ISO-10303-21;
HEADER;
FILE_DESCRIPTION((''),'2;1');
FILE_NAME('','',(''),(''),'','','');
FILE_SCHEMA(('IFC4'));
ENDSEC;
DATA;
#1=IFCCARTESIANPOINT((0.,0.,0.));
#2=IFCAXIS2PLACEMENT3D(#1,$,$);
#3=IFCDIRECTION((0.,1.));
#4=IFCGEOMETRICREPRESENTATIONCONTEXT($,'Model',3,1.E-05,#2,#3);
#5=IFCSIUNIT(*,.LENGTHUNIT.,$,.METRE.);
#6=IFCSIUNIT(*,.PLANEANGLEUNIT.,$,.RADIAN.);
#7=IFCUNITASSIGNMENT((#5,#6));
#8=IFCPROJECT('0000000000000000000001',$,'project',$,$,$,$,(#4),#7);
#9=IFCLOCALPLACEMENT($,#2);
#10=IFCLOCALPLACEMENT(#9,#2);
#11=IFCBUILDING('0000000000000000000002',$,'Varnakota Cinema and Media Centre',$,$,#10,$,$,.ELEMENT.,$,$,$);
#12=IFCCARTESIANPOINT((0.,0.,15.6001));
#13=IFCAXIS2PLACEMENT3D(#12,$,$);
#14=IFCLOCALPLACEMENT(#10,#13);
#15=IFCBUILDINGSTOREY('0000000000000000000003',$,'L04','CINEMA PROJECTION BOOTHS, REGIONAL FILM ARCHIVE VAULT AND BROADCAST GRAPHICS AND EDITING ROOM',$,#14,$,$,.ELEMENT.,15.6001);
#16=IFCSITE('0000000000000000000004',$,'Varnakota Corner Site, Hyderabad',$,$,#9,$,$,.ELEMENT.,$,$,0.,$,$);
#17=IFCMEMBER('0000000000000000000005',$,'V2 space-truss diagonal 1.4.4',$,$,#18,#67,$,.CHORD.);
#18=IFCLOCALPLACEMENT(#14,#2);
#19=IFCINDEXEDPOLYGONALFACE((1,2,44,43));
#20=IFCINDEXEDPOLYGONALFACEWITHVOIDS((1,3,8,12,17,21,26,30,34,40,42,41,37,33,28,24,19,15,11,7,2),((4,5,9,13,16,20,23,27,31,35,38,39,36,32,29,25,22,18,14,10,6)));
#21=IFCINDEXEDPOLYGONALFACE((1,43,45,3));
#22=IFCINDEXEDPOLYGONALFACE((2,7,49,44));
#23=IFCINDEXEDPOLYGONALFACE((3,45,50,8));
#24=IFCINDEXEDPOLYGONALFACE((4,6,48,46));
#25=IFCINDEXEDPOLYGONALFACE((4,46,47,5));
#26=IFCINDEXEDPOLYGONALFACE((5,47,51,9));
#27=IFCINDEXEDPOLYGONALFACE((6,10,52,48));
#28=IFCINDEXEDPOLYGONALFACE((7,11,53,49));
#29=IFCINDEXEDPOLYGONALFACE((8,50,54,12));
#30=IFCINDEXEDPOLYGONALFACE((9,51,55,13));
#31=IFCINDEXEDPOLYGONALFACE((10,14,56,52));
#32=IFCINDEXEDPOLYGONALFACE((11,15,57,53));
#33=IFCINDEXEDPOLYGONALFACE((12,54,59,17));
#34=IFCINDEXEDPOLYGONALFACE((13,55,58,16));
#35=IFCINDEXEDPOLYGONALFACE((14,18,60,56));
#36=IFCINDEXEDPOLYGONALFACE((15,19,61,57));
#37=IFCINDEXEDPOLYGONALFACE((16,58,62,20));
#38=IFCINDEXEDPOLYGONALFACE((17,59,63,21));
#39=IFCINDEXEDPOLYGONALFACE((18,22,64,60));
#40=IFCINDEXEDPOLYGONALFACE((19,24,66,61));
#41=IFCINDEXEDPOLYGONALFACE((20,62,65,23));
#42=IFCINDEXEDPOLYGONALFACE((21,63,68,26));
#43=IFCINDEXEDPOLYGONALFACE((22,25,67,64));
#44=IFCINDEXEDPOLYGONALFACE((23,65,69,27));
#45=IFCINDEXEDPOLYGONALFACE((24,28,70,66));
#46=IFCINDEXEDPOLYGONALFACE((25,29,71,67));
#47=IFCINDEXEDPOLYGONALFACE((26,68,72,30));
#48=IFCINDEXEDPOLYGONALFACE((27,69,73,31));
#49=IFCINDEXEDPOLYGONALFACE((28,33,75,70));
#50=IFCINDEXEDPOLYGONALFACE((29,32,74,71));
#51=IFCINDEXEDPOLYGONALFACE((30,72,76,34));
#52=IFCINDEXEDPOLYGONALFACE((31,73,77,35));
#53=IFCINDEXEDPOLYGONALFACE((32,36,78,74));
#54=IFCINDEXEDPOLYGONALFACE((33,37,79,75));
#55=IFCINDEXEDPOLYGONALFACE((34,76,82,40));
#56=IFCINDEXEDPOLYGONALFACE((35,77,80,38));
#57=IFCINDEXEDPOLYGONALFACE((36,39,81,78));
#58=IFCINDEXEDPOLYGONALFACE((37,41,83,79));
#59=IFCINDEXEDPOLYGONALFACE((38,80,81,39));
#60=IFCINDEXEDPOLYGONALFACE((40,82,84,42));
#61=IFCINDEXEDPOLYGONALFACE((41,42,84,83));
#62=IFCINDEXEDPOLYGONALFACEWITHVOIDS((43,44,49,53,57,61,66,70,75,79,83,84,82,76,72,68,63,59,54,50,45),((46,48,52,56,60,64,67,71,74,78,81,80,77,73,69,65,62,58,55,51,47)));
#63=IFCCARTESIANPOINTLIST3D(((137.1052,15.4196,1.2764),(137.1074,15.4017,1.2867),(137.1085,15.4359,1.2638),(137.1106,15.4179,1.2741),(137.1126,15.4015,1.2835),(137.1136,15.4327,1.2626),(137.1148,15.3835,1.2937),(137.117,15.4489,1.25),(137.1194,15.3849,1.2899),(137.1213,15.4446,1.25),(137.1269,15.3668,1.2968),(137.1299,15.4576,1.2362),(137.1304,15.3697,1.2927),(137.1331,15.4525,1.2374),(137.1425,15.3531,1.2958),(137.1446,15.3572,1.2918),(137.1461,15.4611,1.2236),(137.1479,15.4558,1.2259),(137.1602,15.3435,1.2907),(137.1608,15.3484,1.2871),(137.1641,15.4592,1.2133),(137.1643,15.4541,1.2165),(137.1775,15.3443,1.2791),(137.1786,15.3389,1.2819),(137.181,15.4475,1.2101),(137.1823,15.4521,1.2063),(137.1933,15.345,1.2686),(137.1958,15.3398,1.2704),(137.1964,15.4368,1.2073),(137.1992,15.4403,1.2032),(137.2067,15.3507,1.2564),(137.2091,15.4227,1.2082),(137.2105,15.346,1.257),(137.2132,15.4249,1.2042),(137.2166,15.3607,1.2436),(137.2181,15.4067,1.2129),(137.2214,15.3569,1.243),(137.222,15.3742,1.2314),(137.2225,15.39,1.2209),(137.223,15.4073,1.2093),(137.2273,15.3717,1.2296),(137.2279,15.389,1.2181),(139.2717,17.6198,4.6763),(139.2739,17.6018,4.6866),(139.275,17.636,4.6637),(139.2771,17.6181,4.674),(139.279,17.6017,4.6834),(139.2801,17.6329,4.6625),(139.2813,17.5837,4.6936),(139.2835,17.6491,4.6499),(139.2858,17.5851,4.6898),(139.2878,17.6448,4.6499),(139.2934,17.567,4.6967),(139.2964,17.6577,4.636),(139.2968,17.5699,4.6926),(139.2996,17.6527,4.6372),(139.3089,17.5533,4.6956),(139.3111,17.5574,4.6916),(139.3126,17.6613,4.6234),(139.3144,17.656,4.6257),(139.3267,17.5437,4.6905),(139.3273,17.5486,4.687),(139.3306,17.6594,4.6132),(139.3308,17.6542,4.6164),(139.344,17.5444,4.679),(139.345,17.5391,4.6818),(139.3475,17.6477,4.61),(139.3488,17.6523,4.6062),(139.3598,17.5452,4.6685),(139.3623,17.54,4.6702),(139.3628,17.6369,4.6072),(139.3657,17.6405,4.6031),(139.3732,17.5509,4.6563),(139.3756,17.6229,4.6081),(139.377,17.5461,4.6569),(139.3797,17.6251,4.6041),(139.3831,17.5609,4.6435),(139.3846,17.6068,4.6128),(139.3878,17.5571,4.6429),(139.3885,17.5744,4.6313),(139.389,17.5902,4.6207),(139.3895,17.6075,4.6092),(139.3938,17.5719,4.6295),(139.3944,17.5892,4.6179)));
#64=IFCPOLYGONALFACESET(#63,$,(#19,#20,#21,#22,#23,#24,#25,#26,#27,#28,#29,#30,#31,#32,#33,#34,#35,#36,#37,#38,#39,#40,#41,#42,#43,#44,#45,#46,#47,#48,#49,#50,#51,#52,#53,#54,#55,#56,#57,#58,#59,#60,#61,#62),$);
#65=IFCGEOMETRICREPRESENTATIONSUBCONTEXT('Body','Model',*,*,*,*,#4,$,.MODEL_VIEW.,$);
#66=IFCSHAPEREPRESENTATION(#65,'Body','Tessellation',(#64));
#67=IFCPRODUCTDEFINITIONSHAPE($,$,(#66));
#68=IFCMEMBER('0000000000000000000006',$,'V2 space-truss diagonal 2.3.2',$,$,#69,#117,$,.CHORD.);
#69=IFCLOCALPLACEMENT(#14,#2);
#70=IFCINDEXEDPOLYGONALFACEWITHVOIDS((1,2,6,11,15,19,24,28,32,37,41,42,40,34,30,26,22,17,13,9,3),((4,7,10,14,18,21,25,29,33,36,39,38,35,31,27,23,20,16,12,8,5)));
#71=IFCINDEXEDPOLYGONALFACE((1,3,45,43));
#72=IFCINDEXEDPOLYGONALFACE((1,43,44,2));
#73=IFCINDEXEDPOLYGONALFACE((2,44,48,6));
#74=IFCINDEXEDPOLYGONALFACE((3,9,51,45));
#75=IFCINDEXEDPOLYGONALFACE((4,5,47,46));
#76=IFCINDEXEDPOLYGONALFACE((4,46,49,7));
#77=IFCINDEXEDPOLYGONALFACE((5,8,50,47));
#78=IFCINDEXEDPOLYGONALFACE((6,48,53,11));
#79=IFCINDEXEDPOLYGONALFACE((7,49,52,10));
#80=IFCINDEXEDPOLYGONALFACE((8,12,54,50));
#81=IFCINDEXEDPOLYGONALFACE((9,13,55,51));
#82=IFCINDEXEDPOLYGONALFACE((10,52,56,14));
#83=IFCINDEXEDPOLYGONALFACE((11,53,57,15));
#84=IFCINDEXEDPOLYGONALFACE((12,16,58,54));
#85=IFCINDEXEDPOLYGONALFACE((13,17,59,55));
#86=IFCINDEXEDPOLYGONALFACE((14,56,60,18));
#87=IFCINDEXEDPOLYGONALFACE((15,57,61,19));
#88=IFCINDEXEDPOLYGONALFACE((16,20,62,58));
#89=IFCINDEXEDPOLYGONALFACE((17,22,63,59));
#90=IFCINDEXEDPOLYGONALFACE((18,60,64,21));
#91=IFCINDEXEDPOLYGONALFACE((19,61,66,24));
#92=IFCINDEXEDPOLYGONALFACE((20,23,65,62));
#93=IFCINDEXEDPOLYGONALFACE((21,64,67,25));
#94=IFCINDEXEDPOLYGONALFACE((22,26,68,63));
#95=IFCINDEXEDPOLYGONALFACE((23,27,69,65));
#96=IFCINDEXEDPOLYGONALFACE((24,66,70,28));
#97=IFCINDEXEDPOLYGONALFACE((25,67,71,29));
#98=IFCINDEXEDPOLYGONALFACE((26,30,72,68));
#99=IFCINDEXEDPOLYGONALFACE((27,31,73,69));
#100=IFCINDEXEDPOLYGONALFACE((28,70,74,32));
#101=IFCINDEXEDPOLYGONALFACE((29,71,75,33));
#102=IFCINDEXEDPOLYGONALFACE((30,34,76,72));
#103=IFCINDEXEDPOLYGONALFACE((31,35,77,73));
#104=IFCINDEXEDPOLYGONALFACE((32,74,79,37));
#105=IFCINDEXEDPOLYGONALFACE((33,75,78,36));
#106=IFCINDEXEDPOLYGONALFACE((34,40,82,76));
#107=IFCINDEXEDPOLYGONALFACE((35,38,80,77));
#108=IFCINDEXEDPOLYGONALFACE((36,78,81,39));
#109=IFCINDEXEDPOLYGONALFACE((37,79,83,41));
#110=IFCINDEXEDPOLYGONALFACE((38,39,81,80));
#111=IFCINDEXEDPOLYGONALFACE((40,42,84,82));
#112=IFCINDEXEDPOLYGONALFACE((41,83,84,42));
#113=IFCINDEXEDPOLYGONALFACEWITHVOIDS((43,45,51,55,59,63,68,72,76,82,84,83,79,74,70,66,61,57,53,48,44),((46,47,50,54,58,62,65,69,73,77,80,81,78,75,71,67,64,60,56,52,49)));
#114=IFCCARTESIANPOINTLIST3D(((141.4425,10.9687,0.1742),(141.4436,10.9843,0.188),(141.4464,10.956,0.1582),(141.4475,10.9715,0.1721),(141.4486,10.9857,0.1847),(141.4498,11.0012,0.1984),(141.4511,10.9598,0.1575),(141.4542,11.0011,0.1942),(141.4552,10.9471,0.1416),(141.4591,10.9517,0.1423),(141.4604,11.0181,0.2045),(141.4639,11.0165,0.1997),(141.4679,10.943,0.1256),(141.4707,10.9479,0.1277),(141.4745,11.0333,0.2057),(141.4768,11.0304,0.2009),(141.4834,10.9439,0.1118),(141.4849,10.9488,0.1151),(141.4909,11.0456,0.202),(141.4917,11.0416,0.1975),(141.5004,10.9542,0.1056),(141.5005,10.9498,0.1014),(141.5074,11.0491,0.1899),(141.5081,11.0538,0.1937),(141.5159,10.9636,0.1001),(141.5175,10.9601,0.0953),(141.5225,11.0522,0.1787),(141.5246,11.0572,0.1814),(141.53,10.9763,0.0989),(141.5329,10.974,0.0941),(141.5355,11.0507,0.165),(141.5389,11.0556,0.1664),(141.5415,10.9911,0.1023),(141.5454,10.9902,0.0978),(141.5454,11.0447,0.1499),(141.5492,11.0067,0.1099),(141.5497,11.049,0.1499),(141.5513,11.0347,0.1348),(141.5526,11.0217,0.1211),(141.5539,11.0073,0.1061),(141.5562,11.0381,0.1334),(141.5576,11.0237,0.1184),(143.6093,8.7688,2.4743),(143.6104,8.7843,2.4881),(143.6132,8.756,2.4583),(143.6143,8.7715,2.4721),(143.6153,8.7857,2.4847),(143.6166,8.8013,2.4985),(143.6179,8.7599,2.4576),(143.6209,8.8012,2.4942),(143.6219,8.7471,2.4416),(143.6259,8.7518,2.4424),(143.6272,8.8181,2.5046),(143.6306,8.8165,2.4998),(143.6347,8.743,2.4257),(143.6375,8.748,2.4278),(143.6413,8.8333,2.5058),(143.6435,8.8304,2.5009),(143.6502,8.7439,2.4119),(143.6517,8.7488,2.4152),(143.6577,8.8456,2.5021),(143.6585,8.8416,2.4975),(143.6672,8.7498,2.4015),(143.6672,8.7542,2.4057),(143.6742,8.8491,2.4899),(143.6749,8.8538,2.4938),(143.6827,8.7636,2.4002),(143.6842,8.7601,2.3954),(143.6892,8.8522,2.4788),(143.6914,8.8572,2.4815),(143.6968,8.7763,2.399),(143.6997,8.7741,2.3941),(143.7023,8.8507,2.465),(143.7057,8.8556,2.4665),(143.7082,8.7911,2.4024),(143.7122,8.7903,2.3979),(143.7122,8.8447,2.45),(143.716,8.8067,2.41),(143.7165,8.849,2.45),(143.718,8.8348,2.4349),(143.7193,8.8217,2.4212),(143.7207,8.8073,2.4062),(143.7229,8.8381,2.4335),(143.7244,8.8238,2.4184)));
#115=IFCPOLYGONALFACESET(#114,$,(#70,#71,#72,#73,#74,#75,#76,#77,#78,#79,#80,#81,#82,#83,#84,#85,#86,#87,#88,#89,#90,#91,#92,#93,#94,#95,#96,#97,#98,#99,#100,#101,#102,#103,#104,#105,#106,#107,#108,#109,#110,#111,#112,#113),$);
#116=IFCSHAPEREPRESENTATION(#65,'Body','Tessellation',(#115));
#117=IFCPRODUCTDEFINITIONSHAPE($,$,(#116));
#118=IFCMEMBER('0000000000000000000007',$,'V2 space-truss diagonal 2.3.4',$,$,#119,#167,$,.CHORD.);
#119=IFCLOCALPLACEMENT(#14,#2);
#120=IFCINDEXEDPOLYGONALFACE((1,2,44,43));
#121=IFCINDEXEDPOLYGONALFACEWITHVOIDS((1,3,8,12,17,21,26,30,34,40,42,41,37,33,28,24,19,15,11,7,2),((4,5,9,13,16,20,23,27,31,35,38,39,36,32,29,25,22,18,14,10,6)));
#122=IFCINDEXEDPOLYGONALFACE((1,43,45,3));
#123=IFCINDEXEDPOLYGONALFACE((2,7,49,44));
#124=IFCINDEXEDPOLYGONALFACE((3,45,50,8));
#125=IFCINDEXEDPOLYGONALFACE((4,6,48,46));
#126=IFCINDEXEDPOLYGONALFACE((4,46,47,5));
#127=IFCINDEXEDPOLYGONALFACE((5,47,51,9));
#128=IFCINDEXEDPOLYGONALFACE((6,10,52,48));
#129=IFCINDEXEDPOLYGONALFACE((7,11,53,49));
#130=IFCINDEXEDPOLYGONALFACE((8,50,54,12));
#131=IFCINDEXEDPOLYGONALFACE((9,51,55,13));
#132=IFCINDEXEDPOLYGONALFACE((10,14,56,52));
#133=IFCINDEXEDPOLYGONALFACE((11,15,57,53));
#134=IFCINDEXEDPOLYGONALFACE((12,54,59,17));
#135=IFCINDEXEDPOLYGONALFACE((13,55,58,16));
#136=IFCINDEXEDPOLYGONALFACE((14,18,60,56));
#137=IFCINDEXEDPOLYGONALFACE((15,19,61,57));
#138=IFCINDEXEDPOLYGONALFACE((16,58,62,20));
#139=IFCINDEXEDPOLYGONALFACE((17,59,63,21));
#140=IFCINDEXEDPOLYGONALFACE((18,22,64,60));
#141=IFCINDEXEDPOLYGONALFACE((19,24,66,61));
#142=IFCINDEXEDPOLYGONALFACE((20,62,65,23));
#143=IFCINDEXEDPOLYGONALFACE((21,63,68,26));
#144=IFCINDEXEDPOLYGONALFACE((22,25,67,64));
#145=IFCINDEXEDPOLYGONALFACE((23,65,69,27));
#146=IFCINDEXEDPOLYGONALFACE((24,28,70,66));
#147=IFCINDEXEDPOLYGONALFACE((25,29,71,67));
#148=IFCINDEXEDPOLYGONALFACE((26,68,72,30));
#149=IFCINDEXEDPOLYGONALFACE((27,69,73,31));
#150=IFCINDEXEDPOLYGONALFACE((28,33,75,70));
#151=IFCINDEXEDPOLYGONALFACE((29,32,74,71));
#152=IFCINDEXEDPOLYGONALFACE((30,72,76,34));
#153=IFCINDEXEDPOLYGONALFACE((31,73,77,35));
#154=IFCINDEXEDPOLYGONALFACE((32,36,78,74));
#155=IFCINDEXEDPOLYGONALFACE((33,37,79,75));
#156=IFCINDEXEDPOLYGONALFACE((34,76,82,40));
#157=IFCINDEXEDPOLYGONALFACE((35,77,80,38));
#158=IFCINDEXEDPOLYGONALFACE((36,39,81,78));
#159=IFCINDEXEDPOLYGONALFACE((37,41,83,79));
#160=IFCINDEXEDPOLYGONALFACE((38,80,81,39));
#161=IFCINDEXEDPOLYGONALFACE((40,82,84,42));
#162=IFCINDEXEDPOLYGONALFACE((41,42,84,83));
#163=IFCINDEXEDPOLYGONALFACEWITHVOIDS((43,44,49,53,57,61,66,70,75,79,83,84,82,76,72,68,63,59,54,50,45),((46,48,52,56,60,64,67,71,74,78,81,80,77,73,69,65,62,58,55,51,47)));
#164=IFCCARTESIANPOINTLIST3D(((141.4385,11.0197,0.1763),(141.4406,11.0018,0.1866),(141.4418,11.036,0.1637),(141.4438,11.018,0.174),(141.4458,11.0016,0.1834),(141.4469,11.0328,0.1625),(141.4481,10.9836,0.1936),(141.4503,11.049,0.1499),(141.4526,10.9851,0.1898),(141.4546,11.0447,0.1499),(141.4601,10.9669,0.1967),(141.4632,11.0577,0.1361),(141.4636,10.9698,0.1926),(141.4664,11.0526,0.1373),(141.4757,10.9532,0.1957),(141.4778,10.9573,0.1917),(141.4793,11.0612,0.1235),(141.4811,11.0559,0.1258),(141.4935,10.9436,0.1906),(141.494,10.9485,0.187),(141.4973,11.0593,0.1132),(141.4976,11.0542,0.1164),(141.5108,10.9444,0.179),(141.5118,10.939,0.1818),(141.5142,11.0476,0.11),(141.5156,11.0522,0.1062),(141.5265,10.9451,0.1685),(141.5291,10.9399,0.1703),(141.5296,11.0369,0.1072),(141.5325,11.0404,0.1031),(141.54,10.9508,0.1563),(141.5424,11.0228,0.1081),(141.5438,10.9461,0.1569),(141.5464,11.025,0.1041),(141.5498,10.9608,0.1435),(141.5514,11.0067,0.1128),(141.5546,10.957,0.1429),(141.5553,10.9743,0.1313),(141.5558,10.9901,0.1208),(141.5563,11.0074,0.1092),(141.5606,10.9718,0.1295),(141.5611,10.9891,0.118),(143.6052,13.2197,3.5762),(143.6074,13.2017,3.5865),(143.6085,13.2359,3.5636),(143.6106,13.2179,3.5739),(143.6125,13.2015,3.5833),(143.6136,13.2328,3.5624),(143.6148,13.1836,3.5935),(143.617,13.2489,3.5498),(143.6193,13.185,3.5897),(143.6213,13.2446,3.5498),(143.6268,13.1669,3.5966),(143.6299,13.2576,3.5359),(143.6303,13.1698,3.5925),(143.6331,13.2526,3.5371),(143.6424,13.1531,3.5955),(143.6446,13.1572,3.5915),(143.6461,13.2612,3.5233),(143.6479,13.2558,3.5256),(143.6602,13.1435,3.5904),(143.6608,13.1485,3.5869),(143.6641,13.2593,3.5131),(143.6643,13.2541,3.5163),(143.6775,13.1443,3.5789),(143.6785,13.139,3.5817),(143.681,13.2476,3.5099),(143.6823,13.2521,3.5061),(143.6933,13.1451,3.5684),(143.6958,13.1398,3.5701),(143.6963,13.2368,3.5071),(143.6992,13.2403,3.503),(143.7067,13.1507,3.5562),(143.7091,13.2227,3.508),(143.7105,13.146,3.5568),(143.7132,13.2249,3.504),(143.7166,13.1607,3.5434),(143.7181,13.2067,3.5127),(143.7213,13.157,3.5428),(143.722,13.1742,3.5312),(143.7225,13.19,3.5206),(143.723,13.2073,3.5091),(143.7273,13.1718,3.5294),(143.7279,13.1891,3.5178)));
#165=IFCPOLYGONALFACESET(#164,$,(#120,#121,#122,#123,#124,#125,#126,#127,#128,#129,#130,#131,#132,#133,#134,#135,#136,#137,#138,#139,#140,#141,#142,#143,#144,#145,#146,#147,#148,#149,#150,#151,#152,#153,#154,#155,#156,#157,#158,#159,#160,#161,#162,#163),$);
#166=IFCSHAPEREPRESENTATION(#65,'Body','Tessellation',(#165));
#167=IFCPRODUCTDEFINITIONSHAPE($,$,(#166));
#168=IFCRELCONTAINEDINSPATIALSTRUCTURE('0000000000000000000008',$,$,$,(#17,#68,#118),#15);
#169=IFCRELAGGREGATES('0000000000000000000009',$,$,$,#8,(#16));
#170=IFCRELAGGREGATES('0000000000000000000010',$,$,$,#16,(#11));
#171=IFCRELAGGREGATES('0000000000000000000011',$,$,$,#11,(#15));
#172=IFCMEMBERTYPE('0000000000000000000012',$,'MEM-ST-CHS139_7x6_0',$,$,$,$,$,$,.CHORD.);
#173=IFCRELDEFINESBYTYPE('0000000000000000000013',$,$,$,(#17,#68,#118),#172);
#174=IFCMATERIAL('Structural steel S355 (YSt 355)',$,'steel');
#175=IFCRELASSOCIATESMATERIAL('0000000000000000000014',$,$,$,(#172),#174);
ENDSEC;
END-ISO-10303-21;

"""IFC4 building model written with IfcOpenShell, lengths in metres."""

from ifc_helpers import new_model, si_unit, direction, frame, origin, origin_2d, place, context, subcontext, project, spatial, hollow_circle, extrude, material, material_profile, profile_set, type_object, element, save


model = new_model("IFC4")

# Units and contexts
model_context = context("Model", 3, precision=1e-05, world=origin(), true_north=direction((0.0, 1.0)))
body_context = subcontext(model_context, "Body", "Model", "MODEL_VIEW")
ifc_project = project(units=[si_unit("LENGTHUNIT", "METRE"), si_unit("PLANEANGLEUNIT", "RADIAN")], contexts=[model_context])

# Site, building, storey
site_placement = place(None, origin())
site = spatial("IfcSite", under=ifc_project, at=site_placement, Name="Varnakota Corner Site, Hyderabad", CompositionType="ELEMENT", RefElevation=0.0)
building_placement = place(site_placement, origin())
building = spatial("IfcBuilding", under=site, at=building_placement, Name="Varnakota Cinema and Media Centre", CompositionType="ELEMENT")
storey_placement = place(building_placement, frame((0.0, 0.0, 15.6001)))
storey = spatial("IfcBuildingStorey", under=building, at=storey_placement, Name="L04", Description="CINEMA PROJECTION BOOTHS, REGIONAL FILM ARCHIVE VAULT AND BROADCAST GRAPHICS AND EDITING ROOM", CompositionType="ELEMENT", Elevation=15.6001)

# Members
ifc_material_1 = material(Name="Structural steel S355 (YSt 355)", Category="steel")
ifc_material_profile_1 = material_profile(ifc_material_1, hollow_circle(Radius=0.0698, WallThickness=0.0061, at=origin_2d()), Name="CHS 139.7x6.0")
ifc_profile_set_1 = profile_set([ifc_material_profile_1], Name="Structural steel S355 (YSt 355)")
member_type_1 = type_object("IfcMemberType", Name="MEM-ST-CHS139_7x6_0", PredefinedType="CHORD", material=ifc_profile_set_1)
member_1_placement = place(storey_placement, frame((137.1667, 15.3999, 1.25), z_axis=(0.471716, 0.479052, 0.740266), x_axis=(-0.712541, 0.70163, 0.0)))
element("IfcMember", 1, at=member_1_placement, inside=storey, type_object=member_type_1, Name="V2 space-truss diagonal 1.4.4", PredefinedType="CHORD", context=body_context, shape_type="SweptSolid", body=[
    extrude(hollow_circle(Radius=0.0698, WallThickness=0.0061, at=origin_2d()), origin(), (0.0, 0.0, 1.0), 4.5928),
])
member_2_placement = place(storey_placement, frame((141.5, 11.0, 0.1499), z_axis=(0.562748, -0.571371, 0.597369), x_axis=(0.712463, 0.70171, 0.0)))
element("IfcMember", 2, at=member_2_placement, inside=storey, type_object=member_type_1, Name="V2 space-truss diagonal 2.3.2", PredefinedType="CHORD", context=body_context, shape_type="SweptSolid", body=[
    extrude(hollow_circle(Radius=0.0698, WallThickness=0.0061, at=origin_2d()), origin(), (0.0, 0.0, 1.0), 3.8503),
])
member_3_placement = place(storey_placement, frame((141.5, 11.0, 0.1499), z_axis=(0.471769, 0.478999, 0.740266), x_axis=(-0.712463, 0.70171, 0.0)))
element("IfcMember", 3, at=member_3_placement, inside=storey, type_object=member_type_1, Name="V2 space-truss diagonal 2.3.4", PredefinedType="CHORD", context=body_context, shape_type="SweptSolid", body=[
    extrude(hollow_circle(Radius=0.0698, WallThickness=0.0061, at=origin_2d()), origin(), (0.0, 0.0, 1.0), 4.5928),
])

save(model, "model.ifc")
